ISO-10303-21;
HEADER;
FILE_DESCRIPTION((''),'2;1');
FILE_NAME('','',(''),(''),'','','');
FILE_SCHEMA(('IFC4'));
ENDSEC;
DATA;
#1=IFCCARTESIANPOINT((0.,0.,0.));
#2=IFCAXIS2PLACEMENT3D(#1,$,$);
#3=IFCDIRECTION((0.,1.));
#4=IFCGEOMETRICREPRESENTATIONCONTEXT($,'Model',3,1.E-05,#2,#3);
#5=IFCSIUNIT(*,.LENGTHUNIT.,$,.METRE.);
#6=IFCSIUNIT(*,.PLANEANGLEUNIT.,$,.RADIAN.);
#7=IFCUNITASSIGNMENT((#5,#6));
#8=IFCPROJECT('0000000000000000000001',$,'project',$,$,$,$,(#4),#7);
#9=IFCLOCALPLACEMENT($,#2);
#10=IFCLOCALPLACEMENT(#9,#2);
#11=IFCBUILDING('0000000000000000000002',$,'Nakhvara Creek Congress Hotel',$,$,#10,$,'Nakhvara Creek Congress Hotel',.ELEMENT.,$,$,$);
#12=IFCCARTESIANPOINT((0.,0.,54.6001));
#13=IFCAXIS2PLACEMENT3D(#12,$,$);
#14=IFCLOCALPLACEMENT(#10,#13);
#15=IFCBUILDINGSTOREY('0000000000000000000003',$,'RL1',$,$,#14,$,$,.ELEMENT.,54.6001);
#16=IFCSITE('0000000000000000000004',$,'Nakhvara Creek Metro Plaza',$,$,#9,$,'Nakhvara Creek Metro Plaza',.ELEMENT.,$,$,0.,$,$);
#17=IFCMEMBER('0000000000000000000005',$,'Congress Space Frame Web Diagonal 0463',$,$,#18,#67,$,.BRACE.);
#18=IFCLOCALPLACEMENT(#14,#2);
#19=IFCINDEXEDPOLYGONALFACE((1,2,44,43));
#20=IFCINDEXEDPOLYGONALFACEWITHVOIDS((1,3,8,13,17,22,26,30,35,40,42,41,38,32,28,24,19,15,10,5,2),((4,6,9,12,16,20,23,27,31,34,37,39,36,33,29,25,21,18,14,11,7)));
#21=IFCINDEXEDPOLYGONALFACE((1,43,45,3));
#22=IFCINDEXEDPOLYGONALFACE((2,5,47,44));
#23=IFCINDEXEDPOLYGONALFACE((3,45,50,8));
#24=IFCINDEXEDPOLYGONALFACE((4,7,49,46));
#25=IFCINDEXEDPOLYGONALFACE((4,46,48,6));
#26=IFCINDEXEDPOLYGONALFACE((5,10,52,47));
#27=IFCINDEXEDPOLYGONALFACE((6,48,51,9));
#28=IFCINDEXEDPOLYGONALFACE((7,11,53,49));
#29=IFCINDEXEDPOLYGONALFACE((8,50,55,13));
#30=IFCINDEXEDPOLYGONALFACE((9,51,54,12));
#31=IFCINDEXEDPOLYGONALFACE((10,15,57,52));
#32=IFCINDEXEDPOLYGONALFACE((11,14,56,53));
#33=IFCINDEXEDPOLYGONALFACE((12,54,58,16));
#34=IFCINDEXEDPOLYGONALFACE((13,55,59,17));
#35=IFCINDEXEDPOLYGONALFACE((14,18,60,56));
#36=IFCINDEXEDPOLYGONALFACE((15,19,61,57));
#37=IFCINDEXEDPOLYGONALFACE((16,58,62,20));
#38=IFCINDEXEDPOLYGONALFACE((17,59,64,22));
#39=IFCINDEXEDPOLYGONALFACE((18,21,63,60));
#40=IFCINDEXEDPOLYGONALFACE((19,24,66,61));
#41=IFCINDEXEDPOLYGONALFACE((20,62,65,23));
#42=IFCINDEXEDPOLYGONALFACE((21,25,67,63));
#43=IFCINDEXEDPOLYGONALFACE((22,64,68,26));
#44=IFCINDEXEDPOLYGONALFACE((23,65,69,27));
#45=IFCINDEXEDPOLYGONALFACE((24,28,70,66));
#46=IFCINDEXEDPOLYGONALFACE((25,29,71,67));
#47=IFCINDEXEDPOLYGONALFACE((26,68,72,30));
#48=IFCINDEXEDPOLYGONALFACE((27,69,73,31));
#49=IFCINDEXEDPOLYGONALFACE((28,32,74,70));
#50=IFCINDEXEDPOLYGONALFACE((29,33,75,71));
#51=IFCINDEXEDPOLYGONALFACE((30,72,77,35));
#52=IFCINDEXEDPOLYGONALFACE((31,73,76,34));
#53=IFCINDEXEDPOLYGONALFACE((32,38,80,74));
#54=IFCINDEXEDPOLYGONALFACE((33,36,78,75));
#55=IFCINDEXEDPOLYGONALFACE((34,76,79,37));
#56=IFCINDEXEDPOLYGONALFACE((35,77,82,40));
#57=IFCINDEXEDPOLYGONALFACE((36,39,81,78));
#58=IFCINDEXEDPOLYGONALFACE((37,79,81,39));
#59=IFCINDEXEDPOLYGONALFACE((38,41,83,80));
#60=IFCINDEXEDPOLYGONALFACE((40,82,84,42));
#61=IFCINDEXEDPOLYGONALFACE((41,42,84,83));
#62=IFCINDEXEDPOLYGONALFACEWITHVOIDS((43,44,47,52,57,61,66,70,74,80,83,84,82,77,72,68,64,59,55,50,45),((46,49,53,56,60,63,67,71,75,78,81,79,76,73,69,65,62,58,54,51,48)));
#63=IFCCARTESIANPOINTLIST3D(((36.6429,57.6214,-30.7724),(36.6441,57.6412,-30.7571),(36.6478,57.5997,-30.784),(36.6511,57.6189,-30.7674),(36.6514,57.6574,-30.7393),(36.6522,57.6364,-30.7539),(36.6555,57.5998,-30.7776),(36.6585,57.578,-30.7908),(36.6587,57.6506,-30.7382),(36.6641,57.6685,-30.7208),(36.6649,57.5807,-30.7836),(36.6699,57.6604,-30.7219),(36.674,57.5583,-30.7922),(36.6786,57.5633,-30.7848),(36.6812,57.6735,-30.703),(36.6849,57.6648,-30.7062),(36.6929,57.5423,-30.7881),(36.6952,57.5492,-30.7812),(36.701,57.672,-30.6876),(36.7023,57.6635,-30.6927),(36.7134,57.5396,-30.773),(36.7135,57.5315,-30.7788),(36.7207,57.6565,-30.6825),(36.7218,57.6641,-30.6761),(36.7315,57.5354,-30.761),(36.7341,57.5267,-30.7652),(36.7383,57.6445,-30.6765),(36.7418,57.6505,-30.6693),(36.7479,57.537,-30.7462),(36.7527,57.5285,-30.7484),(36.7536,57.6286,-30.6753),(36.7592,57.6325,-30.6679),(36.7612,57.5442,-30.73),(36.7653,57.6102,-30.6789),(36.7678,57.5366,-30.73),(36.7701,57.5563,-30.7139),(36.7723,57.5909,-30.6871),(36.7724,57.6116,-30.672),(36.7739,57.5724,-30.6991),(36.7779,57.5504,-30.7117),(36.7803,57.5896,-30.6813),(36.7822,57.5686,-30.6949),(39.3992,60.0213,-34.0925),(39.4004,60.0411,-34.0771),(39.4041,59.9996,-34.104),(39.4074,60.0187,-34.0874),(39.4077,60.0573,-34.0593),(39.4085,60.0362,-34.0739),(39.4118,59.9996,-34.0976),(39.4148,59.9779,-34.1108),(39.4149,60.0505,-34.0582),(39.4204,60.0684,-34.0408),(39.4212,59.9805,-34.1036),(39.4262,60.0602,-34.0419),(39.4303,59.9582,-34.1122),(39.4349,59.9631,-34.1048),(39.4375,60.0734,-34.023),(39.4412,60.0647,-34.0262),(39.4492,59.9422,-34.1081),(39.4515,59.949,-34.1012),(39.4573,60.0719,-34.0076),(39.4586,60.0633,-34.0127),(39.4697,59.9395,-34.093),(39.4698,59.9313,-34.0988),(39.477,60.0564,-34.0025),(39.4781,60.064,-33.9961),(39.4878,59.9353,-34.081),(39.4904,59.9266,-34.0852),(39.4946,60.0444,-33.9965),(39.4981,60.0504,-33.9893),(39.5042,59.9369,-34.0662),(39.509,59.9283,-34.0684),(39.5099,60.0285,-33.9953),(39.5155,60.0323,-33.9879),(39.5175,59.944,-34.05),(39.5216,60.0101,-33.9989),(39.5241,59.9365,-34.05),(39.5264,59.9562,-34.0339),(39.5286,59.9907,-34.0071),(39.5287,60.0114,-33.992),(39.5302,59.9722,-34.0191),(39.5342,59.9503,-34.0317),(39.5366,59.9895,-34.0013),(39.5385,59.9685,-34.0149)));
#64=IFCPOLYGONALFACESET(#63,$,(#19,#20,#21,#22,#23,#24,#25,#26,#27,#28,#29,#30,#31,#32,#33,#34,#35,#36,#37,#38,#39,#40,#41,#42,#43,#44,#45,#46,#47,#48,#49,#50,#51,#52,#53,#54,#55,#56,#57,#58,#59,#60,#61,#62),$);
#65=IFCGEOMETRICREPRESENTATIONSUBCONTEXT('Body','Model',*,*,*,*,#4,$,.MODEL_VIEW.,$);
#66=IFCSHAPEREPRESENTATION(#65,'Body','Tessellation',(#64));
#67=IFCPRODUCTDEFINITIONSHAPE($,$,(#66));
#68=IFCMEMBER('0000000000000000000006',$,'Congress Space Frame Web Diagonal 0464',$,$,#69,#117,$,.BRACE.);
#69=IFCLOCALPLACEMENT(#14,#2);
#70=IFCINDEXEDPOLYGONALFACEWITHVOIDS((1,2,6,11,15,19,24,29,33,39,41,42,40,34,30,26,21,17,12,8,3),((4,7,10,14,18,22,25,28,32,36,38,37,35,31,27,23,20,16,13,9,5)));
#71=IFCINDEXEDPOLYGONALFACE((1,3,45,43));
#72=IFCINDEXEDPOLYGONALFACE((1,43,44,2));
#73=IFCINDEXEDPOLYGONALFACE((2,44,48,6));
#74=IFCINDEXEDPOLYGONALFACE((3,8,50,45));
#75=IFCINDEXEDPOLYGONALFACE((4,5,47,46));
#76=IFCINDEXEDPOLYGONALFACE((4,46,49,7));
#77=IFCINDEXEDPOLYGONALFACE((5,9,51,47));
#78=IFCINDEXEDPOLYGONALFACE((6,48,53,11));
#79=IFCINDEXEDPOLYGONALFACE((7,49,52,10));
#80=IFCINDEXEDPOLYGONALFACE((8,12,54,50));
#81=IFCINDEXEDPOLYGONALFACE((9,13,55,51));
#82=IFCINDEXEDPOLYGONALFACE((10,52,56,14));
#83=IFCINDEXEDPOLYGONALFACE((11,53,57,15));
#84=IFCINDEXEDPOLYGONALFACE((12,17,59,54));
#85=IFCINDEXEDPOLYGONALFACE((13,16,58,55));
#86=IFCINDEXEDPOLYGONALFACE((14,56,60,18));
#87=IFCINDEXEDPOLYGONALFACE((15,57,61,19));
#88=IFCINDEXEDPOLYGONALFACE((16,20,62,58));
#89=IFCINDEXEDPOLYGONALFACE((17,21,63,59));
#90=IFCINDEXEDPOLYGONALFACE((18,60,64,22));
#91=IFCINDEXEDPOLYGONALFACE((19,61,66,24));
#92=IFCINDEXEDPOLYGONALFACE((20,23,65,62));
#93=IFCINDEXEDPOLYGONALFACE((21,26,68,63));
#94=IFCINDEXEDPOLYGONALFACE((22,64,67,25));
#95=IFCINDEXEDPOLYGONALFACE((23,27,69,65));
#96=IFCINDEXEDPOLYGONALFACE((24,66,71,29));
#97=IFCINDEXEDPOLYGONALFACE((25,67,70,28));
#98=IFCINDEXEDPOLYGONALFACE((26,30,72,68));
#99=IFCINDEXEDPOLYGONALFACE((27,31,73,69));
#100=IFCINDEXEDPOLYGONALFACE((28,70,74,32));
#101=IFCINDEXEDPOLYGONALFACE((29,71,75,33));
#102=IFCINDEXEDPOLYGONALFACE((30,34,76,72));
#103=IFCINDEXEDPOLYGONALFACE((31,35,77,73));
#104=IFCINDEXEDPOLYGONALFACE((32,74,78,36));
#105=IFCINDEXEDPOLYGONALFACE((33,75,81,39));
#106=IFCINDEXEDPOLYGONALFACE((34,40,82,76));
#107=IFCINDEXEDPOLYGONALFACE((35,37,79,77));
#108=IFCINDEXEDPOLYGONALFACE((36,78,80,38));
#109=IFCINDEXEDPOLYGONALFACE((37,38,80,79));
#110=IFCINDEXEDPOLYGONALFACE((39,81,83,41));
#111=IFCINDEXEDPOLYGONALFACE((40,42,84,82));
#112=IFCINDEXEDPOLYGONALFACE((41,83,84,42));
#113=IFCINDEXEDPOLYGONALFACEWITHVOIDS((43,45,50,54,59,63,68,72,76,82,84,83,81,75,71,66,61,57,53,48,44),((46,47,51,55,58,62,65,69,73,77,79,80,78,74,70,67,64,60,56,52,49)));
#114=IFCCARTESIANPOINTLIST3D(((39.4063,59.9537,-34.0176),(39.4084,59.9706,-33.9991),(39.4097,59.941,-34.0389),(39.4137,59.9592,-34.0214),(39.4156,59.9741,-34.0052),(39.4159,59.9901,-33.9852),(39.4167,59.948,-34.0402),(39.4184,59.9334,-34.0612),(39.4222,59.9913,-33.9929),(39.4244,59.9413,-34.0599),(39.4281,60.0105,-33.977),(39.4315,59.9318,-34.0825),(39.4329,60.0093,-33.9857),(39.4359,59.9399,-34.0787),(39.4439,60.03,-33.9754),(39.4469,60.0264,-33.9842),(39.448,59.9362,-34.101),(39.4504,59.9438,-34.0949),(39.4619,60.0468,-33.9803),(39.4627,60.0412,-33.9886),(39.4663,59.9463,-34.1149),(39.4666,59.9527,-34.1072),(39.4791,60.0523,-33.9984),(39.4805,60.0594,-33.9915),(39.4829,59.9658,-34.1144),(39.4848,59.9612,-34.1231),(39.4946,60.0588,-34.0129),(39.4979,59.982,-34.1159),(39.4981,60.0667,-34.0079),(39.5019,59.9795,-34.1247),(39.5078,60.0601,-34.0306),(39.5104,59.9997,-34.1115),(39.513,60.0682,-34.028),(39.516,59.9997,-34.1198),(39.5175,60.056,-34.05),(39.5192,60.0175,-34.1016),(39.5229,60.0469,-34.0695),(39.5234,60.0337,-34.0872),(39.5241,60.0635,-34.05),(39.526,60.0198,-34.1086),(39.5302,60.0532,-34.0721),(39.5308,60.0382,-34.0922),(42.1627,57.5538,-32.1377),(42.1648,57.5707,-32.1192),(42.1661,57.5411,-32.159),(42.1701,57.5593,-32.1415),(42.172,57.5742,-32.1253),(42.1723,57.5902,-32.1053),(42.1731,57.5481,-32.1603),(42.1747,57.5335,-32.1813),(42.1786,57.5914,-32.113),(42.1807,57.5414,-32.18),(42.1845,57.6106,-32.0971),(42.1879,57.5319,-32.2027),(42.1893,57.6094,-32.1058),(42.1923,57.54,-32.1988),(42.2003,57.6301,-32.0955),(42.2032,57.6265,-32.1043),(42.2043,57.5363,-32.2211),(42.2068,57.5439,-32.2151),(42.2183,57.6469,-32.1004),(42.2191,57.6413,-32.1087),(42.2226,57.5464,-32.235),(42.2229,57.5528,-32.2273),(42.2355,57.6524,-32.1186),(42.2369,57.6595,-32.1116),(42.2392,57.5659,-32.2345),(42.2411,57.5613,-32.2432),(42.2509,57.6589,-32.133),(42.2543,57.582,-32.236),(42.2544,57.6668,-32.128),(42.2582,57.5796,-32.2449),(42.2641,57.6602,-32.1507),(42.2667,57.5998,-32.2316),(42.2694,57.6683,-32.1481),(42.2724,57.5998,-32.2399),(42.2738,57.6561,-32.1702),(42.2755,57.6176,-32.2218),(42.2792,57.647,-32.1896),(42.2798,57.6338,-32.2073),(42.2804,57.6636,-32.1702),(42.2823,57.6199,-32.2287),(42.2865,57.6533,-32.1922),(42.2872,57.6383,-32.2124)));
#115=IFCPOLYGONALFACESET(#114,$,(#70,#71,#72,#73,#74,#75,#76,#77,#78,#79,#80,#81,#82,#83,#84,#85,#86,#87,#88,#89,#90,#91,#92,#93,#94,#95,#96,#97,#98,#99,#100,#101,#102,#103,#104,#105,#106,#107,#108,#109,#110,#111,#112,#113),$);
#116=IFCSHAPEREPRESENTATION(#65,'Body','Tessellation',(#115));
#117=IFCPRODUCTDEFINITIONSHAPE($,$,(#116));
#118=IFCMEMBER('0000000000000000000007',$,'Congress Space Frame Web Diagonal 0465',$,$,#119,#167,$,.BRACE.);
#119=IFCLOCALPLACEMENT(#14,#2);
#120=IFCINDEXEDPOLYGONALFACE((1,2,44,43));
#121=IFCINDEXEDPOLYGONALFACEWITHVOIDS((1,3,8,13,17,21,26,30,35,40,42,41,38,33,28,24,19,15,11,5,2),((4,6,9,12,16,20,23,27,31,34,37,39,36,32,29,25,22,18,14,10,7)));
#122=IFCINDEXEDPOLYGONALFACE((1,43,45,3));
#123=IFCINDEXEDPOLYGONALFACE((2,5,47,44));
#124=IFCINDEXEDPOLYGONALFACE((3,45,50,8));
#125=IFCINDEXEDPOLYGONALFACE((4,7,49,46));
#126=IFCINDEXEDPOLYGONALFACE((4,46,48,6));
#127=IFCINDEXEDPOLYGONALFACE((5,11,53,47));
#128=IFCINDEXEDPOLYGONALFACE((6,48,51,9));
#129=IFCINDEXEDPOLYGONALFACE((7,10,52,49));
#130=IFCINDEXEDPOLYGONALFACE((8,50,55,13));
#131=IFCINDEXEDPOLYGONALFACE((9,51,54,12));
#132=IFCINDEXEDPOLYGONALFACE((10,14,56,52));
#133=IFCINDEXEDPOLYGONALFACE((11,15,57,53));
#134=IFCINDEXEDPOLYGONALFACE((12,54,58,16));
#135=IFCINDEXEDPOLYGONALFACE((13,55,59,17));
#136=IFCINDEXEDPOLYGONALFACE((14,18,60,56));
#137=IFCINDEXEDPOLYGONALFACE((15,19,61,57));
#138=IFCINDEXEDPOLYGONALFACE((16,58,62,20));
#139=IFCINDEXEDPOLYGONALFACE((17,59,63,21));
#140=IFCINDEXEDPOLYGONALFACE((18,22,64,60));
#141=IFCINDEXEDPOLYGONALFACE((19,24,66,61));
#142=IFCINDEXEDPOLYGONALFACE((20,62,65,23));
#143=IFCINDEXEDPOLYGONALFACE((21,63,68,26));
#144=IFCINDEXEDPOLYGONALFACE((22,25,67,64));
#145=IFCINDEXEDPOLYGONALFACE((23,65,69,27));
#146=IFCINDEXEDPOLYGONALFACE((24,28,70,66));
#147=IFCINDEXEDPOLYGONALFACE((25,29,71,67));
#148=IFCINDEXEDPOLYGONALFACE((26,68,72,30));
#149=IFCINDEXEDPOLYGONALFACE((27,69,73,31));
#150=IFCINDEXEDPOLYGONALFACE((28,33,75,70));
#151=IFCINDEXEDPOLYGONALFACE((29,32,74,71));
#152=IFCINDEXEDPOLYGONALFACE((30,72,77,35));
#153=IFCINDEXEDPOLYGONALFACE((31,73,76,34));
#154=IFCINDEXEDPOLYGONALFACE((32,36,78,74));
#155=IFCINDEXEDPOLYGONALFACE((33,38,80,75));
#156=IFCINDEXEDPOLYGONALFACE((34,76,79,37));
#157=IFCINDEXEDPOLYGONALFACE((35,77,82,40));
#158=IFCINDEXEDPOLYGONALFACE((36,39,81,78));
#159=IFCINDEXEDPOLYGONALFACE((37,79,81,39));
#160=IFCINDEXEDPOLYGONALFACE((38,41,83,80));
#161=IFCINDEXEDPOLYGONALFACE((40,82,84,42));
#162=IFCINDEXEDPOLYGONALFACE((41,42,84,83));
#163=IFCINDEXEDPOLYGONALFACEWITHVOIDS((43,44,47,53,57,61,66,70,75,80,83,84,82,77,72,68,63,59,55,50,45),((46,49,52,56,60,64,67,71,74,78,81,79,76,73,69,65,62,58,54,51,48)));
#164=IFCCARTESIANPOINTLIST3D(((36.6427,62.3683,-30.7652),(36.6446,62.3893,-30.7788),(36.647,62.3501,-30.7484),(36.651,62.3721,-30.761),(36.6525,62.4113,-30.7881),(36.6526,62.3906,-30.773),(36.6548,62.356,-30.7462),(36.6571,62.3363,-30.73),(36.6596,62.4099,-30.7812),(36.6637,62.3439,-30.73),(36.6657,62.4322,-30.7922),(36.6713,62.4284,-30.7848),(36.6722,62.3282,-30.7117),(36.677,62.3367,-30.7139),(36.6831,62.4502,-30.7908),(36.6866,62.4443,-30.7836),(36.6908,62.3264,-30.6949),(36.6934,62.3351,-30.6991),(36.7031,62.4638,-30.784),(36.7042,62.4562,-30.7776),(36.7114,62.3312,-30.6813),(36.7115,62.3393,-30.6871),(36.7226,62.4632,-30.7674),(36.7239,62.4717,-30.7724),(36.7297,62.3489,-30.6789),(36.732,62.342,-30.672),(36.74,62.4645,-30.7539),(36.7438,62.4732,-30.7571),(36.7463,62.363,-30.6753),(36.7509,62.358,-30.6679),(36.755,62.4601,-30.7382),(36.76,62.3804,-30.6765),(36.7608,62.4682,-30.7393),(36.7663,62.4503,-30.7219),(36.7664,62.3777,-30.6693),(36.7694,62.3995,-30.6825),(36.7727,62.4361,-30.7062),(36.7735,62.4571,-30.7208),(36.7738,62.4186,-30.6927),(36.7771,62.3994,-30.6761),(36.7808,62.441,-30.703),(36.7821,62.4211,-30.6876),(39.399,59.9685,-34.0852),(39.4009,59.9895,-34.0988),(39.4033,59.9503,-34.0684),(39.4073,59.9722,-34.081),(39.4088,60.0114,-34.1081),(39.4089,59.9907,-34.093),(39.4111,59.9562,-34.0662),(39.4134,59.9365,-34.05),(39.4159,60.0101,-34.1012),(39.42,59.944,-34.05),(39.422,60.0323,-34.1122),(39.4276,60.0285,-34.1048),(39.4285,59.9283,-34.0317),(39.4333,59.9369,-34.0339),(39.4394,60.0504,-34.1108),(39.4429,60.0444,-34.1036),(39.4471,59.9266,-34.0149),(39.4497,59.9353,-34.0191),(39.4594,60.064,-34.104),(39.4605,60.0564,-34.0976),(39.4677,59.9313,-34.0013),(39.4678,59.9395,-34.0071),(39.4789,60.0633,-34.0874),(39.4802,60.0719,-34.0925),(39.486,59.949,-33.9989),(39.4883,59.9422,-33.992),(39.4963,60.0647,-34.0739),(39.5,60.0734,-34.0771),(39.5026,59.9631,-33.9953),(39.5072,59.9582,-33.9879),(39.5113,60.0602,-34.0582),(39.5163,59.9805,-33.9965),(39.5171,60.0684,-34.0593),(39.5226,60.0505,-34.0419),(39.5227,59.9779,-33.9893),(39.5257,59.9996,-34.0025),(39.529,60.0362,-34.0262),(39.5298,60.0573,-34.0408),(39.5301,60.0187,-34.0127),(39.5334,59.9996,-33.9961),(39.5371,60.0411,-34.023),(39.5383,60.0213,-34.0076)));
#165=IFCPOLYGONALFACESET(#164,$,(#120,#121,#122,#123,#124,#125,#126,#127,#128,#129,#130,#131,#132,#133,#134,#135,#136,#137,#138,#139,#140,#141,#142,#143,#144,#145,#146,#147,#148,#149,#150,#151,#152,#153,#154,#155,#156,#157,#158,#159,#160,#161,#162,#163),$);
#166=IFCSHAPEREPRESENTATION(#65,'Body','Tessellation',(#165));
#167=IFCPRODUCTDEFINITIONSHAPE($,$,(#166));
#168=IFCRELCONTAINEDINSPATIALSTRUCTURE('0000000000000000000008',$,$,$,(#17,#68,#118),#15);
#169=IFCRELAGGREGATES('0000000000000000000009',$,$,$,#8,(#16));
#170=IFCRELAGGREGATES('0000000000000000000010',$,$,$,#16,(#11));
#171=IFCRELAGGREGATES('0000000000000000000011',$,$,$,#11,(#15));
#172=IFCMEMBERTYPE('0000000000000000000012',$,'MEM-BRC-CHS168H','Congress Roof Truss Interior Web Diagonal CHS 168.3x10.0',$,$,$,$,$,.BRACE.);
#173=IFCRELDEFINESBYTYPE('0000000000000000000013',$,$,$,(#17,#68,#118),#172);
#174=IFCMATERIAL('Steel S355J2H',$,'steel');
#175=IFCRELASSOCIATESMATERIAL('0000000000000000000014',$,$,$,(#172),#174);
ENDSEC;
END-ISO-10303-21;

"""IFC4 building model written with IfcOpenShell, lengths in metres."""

from ifc_helpers import new_model, si_unit, direction, frame, origin, origin_2d, place, context, subcontext, project, spatial, hollow_circle, extrude, material, material_profile, profile_set, type_object, element, save


model = new_model("IFC4")

# Units and contexts
model_context = context("Model", 3, precision=1e-05, world=origin(), true_north=direction((0.0, 1.0)))
body_context = subcontext(model_context, "Body", "Model", "MODEL_VIEW")
ifc_project = project(units=[si_unit("LENGTHUNIT", "METRE"), si_unit("PLANEANGLEUNIT", "RADIAN")], contexts=[model_context])

# Site, building, storey
site_placement = place(None, origin())
site = spatial("IfcSite", under=ifc_project, at=site_placement, Name="Nakhvara Creek Metro Plaza", LongName="Nakhvara Creek Metro Plaza", CompositionType="ELEMENT", RefElevation=0.0)
building_placement = place(site_placement, origin())
building = spatial("IfcBuilding", under=site, at=building_placement, Name="Nakhvara Creek Congress Hotel", LongName="Nakhvara Creek Congress Hotel", CompositionType="ELEMENT")
storey_placement = place(building_placement, frame((0.0, 0.0, 54.6001)))
storey = spatial("IfcBuildingStorey", under=building, at=storey_placement, Name="RL1", CompositionType="ELEMENT", Elevation=54.6001)

# Members
ifc_material_1 = material(Name="Steel S355J2H", Category="steel")
ifc_material_profile_1 = material_profile(ifc_material_1, hollow_circle(Radius=0.0842, WallThickness=0.01, at=origin_2d()), Name="CHS 168.3x10.0", Category="LoadBearing")
ifc_profile_set_1 = profile_set([ifc_material_profile_1], Name="Steel S355J2H")
member_type_1 = type_object("IfcMemberType", Name="MEM-BRC-CHS168H", Description="Congress Roof Truss Interior Web Diagonal CHS 168.3x10.0", PredefinedType="BRACE", material=ifc_profile_set_1)
member_1_placement = place(storey_placement, frame((39.4688, 60.0, -34.05), z_axis=(-0.558237, -0.486047, 0.672406), x_axis=(0.656658, -0.754188, 0.0)))
element("IfcMember", 1, at=member_1_placement, inside=storey, type_object=member_type_1, Name="Congress Space Frame Web Diagonal 0463", PredefinedType="BRACE", context=body_context, shape_type="SweptSolid", body=[
    extrude(hollow_circle(Radius=0.0842, WallThickness=0.01, at=origin_2d()), origin(), (0.0, 0.0, 1.0), 4.9375),
])
member_2_placement = place(storey_placement, frame((39.4688, 60.0, -34.05), z_axis=(0.670667, -0.583938, 0.457408), x_axis=(0.656658, 0.754188, 0.0)))
element("IfcMember", 2, at=member_2_placement, inside=storey, type_object=member_type_1, Name="Congress Space Frame Web Diagonal 0464", PredefinedType="BRACE", context=body_context, shape_type="SweptSolid", body=[
    extrude(hollow_circle(Radius=0.0842, WallThickness=0.01, at=origin_2d()), origin(), (0.0, 0.0, 1.0), 4.1099),
])
member_3_placement = place(storey_placement, frame((39.4688, 60.0, -34.05), z_axis=(-0.558237, 0.486047, 0.672406), x_axis=(-0.656658, -0.754188, 0.0)))
element("IfcMember", 3, at=member_3_placement, inside=storey, type_object=member_type_1, Name="Congress Space Frame Web Diagonal 0465", PredefinedType="BRACE", context=body_context, shape_type="SweptSolid", body=[
    extrude(hollow_circle(Radius=0.0842, WallThickness=0.01, at=origin_2d()), origin(), (0.0, 0.0, 1.0), 4.9375),
])

save(model, "model.ifc")
